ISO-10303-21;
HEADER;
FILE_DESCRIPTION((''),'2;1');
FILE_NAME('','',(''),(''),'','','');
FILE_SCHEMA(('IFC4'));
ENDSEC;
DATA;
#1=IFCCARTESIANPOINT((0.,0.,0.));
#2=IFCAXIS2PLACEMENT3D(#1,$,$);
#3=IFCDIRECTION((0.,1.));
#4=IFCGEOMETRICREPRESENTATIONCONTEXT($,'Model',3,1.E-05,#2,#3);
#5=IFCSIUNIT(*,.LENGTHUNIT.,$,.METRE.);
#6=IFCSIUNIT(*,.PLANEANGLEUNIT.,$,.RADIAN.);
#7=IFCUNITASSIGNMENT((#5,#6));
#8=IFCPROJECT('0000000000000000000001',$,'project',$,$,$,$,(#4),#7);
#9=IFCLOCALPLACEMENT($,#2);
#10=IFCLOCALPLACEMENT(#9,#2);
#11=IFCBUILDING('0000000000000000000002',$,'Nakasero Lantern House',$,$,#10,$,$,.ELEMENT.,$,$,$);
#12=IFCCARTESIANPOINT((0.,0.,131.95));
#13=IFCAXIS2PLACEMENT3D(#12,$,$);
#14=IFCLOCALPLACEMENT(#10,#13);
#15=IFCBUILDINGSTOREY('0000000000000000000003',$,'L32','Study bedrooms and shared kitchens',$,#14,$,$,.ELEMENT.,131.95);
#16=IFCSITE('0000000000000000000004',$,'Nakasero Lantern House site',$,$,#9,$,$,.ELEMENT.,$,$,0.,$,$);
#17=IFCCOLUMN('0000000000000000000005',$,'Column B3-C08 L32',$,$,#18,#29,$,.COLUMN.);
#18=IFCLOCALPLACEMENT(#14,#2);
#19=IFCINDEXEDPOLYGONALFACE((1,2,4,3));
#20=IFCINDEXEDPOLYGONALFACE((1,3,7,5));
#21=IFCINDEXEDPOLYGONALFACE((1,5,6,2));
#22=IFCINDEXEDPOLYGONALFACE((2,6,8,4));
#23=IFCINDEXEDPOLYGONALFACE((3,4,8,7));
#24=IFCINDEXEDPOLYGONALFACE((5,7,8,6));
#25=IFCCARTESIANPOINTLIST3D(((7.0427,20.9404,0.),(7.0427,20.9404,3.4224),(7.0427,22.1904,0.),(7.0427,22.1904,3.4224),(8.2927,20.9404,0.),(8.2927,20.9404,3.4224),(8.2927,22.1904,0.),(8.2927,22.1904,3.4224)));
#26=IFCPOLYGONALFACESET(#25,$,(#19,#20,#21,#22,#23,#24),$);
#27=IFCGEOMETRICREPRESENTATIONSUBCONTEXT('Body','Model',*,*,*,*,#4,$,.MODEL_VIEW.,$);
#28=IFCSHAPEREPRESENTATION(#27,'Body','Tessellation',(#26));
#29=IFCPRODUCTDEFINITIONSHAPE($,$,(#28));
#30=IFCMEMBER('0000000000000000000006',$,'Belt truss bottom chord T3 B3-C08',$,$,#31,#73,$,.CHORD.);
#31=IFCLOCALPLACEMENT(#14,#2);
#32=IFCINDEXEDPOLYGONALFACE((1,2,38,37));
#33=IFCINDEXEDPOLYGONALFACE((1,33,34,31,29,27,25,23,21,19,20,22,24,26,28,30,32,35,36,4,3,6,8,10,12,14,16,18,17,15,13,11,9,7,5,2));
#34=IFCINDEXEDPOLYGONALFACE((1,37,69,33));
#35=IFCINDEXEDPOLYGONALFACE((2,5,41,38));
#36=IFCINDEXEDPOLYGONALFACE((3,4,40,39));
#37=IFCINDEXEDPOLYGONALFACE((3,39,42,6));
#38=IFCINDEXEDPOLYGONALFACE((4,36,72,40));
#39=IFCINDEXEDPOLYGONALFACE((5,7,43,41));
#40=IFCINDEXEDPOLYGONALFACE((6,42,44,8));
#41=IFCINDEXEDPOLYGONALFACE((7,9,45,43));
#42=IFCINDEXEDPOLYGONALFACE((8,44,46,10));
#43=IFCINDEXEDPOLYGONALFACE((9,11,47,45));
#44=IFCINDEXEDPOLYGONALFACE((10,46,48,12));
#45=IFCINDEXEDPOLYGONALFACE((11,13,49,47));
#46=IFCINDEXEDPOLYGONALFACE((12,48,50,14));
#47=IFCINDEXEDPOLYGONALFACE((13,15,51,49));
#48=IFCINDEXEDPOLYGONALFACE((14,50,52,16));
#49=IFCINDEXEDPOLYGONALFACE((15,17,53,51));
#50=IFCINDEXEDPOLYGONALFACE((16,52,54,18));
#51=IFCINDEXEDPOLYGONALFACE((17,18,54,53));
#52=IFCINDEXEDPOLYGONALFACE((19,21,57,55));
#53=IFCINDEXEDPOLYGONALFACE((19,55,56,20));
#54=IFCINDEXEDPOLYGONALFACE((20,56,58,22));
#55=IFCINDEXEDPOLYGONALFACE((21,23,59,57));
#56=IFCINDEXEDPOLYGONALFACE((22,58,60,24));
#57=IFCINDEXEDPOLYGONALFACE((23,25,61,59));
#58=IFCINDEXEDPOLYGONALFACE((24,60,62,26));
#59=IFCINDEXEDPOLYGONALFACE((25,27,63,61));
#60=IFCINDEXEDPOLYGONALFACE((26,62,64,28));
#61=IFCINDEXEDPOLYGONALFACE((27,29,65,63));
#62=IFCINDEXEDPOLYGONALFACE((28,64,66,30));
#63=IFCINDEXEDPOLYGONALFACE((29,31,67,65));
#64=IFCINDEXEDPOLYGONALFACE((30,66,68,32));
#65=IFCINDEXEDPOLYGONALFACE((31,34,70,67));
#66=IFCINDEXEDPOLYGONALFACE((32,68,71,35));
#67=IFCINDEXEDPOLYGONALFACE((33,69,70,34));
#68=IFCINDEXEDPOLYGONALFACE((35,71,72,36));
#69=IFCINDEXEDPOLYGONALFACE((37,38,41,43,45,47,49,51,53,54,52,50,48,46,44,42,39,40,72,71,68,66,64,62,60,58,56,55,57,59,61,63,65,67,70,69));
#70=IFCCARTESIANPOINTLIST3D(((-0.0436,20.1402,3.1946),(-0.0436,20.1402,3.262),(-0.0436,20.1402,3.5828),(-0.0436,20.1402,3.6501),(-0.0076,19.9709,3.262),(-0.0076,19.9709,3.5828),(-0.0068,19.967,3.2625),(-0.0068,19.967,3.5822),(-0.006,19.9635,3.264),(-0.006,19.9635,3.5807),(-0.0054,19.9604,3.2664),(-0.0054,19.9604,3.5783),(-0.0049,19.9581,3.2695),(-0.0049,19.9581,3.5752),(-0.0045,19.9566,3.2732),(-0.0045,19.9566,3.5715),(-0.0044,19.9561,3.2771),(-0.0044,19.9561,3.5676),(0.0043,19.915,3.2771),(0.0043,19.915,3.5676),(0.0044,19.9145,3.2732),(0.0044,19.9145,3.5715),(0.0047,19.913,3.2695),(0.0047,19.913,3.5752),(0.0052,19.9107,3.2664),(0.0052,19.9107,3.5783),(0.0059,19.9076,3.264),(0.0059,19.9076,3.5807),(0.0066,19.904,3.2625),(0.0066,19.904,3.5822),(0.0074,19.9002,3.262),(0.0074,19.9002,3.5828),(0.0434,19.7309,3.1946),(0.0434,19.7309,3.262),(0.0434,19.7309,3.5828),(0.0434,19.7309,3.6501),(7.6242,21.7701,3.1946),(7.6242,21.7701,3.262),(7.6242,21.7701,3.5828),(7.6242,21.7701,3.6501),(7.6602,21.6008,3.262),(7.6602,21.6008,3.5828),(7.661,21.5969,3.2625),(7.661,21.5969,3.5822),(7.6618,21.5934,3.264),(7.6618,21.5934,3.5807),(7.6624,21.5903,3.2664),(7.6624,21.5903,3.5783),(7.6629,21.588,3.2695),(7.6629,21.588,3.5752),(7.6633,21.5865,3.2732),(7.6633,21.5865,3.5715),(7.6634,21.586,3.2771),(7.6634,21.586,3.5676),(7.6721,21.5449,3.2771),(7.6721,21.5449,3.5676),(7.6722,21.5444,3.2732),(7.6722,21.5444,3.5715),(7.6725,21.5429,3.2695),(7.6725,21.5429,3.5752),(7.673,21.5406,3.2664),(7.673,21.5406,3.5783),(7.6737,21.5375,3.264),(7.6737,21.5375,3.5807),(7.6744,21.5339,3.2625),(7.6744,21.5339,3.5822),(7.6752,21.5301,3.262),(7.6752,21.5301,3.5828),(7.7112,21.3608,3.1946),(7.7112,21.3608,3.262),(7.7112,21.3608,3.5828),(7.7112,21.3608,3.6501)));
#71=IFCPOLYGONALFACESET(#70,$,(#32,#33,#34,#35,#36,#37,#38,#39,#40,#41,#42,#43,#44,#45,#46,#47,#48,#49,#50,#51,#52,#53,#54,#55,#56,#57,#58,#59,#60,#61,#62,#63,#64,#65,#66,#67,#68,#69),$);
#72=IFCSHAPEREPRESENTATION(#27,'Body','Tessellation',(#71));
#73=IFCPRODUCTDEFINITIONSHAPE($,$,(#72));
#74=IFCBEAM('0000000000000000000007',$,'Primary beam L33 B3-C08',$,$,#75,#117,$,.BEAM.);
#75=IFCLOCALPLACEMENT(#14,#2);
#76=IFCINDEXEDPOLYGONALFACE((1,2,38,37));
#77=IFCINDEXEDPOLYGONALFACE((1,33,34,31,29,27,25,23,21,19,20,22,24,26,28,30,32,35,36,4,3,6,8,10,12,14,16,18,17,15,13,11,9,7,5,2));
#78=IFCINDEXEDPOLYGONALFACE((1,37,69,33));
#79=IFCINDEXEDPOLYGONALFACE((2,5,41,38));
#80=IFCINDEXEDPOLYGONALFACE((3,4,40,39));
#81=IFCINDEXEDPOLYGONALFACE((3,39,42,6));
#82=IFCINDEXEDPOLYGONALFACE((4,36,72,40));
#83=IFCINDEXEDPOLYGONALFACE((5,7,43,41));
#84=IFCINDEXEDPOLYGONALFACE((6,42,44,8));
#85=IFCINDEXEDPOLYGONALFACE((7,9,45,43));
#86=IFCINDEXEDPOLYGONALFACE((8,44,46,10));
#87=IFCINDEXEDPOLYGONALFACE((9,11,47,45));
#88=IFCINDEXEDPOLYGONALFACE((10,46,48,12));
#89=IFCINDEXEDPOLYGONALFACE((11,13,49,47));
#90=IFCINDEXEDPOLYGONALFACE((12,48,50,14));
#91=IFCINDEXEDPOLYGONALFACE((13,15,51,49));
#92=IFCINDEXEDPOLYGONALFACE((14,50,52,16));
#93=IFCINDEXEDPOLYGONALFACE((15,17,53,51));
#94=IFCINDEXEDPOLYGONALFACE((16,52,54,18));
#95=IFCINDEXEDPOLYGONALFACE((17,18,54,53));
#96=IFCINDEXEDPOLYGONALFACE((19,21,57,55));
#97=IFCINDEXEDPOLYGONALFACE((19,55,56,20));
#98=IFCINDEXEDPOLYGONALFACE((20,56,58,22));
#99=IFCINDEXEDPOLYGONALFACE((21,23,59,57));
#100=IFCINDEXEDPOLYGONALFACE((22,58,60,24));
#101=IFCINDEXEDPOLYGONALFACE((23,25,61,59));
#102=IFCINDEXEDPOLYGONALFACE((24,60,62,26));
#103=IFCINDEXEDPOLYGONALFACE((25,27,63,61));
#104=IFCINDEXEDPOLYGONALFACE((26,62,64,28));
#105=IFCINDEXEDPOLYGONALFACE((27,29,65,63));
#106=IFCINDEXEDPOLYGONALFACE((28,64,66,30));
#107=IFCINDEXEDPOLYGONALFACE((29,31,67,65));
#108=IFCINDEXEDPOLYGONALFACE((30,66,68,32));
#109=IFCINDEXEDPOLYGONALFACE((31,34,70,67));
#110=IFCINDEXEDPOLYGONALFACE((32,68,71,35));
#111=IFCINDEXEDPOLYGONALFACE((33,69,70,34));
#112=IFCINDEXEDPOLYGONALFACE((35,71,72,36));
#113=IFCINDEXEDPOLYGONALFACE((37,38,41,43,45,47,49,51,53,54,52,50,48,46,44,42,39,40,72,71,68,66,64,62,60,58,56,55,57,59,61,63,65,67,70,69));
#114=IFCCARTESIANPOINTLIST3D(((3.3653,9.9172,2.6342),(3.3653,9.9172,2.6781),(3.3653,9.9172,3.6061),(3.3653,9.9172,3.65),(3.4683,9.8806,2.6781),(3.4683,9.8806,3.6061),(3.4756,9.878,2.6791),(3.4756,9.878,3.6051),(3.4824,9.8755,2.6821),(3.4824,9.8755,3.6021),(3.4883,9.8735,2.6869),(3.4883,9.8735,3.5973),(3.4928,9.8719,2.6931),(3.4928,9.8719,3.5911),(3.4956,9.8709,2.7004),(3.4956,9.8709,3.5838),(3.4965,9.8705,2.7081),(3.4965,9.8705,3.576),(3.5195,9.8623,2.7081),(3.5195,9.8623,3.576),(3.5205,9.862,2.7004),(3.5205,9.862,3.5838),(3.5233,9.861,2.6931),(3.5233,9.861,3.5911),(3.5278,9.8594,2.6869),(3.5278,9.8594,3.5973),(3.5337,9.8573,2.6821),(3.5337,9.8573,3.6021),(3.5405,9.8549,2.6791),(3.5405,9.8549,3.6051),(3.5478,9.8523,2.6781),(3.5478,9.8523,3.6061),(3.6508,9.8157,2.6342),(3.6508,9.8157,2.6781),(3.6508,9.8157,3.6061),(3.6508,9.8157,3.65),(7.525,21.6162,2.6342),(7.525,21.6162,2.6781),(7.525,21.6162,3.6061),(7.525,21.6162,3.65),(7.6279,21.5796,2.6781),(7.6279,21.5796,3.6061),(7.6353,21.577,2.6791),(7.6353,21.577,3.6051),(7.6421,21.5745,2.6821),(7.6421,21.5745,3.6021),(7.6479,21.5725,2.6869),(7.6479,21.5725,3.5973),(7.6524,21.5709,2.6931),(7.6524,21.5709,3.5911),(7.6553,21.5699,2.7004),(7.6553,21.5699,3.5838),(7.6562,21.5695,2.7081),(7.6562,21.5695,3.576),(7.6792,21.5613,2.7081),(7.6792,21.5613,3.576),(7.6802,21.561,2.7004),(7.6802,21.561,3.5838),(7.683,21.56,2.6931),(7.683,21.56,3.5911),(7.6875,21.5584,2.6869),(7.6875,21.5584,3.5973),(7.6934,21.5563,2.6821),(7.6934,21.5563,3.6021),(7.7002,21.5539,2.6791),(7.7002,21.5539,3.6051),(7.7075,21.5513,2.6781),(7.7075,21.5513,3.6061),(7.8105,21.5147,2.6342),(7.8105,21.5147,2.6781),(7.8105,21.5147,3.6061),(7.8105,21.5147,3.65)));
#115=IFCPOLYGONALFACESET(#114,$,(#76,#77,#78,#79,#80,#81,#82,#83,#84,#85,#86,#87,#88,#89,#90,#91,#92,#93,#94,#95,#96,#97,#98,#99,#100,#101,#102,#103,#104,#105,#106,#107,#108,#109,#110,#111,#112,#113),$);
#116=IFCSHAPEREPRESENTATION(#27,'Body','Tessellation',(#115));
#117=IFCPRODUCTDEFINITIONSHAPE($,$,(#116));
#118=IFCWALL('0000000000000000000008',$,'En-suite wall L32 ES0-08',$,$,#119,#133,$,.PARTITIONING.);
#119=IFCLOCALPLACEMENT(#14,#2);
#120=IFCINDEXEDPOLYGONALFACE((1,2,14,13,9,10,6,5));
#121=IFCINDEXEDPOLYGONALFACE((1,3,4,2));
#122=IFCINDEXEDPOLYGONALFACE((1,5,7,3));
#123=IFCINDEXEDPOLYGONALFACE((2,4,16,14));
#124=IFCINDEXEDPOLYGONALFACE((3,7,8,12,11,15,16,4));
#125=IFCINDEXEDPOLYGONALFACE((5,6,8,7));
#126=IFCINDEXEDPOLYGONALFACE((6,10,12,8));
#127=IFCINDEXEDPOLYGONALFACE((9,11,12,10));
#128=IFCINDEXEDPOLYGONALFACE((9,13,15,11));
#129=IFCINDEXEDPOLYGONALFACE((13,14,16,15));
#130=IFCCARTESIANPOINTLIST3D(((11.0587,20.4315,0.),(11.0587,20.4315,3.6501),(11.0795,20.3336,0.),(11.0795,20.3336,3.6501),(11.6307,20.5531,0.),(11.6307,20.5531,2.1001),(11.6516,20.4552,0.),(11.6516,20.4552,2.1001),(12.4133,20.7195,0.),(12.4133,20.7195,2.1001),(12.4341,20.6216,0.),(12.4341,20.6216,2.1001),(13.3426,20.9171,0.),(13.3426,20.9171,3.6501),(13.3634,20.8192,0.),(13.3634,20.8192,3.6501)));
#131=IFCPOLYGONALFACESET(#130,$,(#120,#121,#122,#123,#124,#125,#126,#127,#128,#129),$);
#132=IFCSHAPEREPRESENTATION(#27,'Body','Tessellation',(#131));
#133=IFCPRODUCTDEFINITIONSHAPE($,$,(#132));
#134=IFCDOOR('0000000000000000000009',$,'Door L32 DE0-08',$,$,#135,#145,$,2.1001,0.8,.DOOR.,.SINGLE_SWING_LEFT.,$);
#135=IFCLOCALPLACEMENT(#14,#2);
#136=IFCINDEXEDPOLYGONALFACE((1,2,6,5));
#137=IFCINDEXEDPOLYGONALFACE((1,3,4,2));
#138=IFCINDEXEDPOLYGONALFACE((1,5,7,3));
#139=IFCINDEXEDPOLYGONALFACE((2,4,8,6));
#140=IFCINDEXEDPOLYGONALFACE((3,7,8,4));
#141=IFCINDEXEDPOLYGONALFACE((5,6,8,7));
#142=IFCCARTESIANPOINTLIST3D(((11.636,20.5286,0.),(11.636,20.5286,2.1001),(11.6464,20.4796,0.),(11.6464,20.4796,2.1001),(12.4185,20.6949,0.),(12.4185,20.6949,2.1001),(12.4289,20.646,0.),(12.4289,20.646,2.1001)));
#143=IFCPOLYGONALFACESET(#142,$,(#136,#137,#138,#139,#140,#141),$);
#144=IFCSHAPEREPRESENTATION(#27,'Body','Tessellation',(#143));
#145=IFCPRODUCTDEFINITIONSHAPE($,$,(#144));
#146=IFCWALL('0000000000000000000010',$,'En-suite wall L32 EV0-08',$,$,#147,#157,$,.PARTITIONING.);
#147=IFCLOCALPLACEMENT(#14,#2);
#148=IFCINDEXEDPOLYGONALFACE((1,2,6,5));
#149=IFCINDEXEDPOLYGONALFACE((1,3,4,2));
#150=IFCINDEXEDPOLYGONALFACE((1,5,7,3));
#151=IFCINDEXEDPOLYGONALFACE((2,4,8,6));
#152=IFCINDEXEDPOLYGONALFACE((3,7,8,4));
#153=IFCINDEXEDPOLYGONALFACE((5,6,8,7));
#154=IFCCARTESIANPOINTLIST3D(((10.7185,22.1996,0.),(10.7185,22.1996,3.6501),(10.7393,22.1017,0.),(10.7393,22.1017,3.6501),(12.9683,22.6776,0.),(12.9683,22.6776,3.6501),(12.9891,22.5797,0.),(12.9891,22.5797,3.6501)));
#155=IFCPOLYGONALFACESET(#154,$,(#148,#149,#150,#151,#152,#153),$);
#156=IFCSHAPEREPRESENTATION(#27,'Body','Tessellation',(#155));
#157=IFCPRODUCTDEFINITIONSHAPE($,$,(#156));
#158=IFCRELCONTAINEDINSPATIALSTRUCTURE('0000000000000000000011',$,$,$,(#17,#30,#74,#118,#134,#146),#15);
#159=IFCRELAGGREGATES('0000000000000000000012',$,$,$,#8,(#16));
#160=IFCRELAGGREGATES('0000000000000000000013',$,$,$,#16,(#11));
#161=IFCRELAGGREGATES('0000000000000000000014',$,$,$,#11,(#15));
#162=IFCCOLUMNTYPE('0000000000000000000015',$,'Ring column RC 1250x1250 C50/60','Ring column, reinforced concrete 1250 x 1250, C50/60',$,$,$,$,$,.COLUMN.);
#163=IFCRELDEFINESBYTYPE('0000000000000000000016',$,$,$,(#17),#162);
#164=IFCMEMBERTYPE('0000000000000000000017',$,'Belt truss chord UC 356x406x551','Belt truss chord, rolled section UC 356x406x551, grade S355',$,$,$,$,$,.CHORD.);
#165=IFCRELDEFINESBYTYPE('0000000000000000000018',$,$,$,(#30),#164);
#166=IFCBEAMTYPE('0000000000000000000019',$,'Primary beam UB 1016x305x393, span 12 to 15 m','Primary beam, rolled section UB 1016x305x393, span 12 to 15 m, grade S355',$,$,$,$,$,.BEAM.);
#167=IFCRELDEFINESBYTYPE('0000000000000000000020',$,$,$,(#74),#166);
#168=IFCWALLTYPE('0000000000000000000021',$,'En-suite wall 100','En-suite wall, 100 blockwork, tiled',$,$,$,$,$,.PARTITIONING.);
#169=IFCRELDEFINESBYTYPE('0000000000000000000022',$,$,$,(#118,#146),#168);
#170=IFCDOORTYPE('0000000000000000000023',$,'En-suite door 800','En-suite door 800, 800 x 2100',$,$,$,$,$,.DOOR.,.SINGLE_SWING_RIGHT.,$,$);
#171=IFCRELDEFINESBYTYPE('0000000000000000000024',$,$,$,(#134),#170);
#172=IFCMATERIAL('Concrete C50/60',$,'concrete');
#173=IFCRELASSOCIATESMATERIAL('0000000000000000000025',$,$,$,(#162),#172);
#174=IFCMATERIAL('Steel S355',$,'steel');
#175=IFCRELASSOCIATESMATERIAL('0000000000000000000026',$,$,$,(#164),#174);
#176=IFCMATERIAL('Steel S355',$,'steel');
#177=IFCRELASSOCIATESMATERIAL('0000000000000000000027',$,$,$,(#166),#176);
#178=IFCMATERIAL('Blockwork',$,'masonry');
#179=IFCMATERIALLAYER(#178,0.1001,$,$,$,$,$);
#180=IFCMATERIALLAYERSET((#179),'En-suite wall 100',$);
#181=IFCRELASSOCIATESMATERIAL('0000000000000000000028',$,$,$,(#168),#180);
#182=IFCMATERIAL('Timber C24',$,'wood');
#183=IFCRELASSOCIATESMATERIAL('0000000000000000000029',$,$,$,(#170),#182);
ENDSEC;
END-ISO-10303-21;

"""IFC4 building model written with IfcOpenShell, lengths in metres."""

from ifc_helpers import new_model, si_unit, direction, frame, frame_2d, origin, origin_2d, place, context, subcontext, project, spatial, rectangle, i_section, extrude, material, layer, layer_set, material_profile, profile_set, type_object, element, fill, save


model = new_model("IFC4")

# Units and contexts
model_context = context("Model", 3, precision=1e-05, world=origin(), true_north=direction((0.0, 1.0)))
body_context = subcontext(model_context, "Body", "Model", "MODEL_VIEW")
ifc_project = project(units=[si_unit("LENGTHUNIT", "METRE"), si_unit("PLANEANGLEUNIT", "RADIAN")], contexts=[model_context])

# Site, building, storey
site_placement = place(None, origin())
site = spatial("IfcSite", under=ifc_project, at=site_placement, Name="Nakasero Lantern House site", CompositionType="ELEMENT", RefElevation=0.0)
building_placement = place(site_placement, origin())
building = spatial("IfcBuilding", under=site, at=building_placement, Name="Nakasero Lantern House", CompositionType="ELEMENT")
storey_placement = place(building_placement, frame((0.0, 0.0, 131.95)))
storey = spatial("IfcBuildingStorey", under=building, at=storey_placement, Name="L32", Description="Study bedrooms and shared kitchens", CompositionType="ELEMENT", Elevation=131.95)

# Column
ifc_material_1 = material(Name="Concrete C50/60", Category="concrete")
ifc_material_profile_1 = material_profile(ifc_material_1, rectangle(XDim=1.25, YDim=1.25, at=origin_2d()), Name="RC 1250x1250")
ifc_profile_set_1 = profile_set([ifc_material_profile_1], Name="Concrete C50/60")
column_type = type_object("IfcColumnType", Name="Ring column RC 1250x1250 C50/60", Description="Ring column, reinforced concrete 1250 x 1250, C50/60", PredefinedType="COLUMN", material=ifc_profile_set_1)
column_placement = place(storey_placement, frame((7.6677, 21.5654, 0.0), z_axis=(0.0, 0.0, 1.0), x_axis=(1.0, 0.0, 0.0)))
element("IfcColumn", 1, at=column_placement, inside=storey, type_object=column_type, Name="Column B3-C08 L32", PredefinedType="COLUMN", context=body_context, shape_type="SweptSolid", body=[
    extrude(rectangle(XDim=1.25, YDim=1.25, at=origin_2d()), origin(), (0.0, 0.0, 1.0), 3.4224),
])

# Member
ifc_material_2 = material(Name="Steel S355", Category="steel")
ifc_material_profile_2 = material_profile(ifc_material_2, i_section(OverallWidth=0.4185, OverallDepth=0.4556, WebThickness=0.042, FlangeThickness=0.0674, FilletRadius=0.0151, at=origin_2d()), Name="UC 356x406x551")
ifc_profile_set_2 = profile_set([ifc_material_profile_2], Name="Steel S355")
member_type = type_object("IfcMemberType", Name="Belt truss chord UC 356x406x551", Description="Belt truss chord, rolled section UC 356x406x551, grade S355", PredefinedType="CHORD", material=ifc_profile_set_2)
member_placement = place(storey_placement, frame((7.6677, 21.5654, 3.4224), z_axis=(-0.978146, -0.207919, 0.0), x_axis=(0.207919, -0.978146, 0.0)))
element("IfcMember", 2, at=member_placement, inside=storey, type_object=member_type, Name="Belt truss bottom chord T3 B3-C08", PredefinedType="CHORD", context=body_context, shape_type="SweptSolid", body=[
    extrude(i_section(OverallWidth=0.4185, OverallDepth=0.4556, WebThickness=0.042, FlangeThickness=0.0674, FilletRadius=0.0151, at=origin_2d()), origin(), (0.0, 0.0, 1.0), 7.8391),
])

# Beam
ifc_material_3 = material(Name="Steel S355", Category="steel")
ifc_material_profile_3 = material_profile(ifc_material_3, i_section(OverallWidth=0.303, OverallDepth=1.0159, WebThickness=0.0244, FlangeThickness=0.0439, FilletRadius=0.03, at=origin_2d()), Name="UB 1016x305x393")
ifc_profile_set_3 = profile_set([ifc_material_profile_3], Name="Steel S355")
beam_type = type_object("IfcBeamType", Name="Primary beam UB 1016x305x393, span 12 to 15 m", Description="Primary beam, rolled section UB 1016x305x393, span 12 to 15 m, grade S355", PredefinedType="BEAM", material=ifc_profile_set_3)
beam_placement = place(storey_placement, frame((7.6677, 21.5654, 3.1421), z_axis=(-0.335012, -0.942214, 0.0), x_axis=(0.942214, -0.335012, 0.0)))
element("IfcBeam", 3, at=beam_placement, inside=storey, type_object=beam_type, Name="Primary beam L33 B3-C08", PredefinedType="BEAM", context=body_context, shape_type="SweptSolid", body=[
    extrude(i_section(OverallWidth=0.303, OverallDepth=1.0159, WebThickness=0.0244, FlangeThickness=0.0439, FilletRadius=0.03, at=origin_2d()), origin(), (0.0, 0.0, 1.0), 12.4165),
])

# Wall, opening, door
ifc_material_4 = material(Name="Blockwork", Category="masonry")
ifc_layer_1 = layer(ifc_material_4, 0.1001)
ifc_layer_set_1 = layer_set([ifc_layer_1], Name="En-suite wall 100")
wall_type_1 = type_object("IfcWallType", Name="En-suite wall 100", Description="En-suite wall, 100 blockwork, tiled", PredefinedType="PARTITIONING", material=ifc_layer_set_1)
wall_1_placement = place(storey_placement, frame((11.0691, 20.3826, 0.0), z_axis=(0.0, 0.0, 1.0), x_axis=(0.978136, 0.207965, 0.0)))
wall_1 = element("IfcWall", 4, at=wall_1_placement, inside=storey, type_object=wall_type_1, Name="En-suite wall L32 ES0-08", PredefinedType="PARTITIONING", context=body_context, shape_type="SweptSolid", body=[
    extrude(rectangle(XDim=2.335, YDim=0.1001, at=frame_2d((1.1675, 0.0))), origin(), (0.0, 0.0, 1.0), 3.6501),
])
opening_1_placement = place(wall_1_placement, frame((0.585, 0.0, 0.0)))
opening_1 = element("IfcOpeningElement", 5, at=opening_1_placement, cuts=wall_1, PredefinedType="OPENING", context=body_context, shape_type="SweptSolid", body=[
    extrude(rectangle(XDim=0.8, YDim=2.1001, at=frame_2d((0.3999, 1.05))), frame((0.0, 0.0701, 0.0), z_axis=(0.0, -1.0, 0.0), x_axis=(1.0, 0.0, 0.0)), (0.0, 0.0, 1.0), 0.1401),
])
ifc_material_5 = material(Name="Timber C24", Category="wood")
door_type_1 = type_object("IfcDoorType", Name="En-suite door 800", Description="En-suite door 800, 800 x 2100", OperationType="SINGLE_SWING_RIGHT", PredefinedType="DOOR", material=ifc_material_5)
door_1_placement = place(opening_1_placement, origin())
door_1 = element("IfcDoor", 6, at=door_1_placement, inside=storey, type_object=door_type_1, Name="Door L32 DE0-08", OperationType="SINGLE_SWING_LEFT", OverallHeight=2.1001, OverallWidth=0.8, PredefinedType="DOOR", context=body_context, shape_type="SweptSolid", body=[
    extrude(rectangle(XDim=0.8, YDim=2.1001, at=frame_2d((0.3999, 1.05))), frame((0.0, 0.0249, 0.0), z_axis=(0.0, -1.0, 0.0), x_axis=(1.0, 0.0, 0.0)), (0.0, 0.0, 1.0), 0.05),
])
fill(opening_1, door_1)

# Wall
wall_2_placement = place(storey_placement, frame((10.729, 22.1506, 0.0), z_axis=(0.0, 0.0, 1.0), x_axis=(0.978163, 0.20784, 0.0)))
element("IfcWall", 7, at=wall_2_placement, inside=storey, type_object=wall_type_1, Name="En-suite wall L32 EV0-08", PredefinedType="PARTITIONING", context=body_context, shape_type="SweptSolid", body=[
    extrude(rectangle(XDim=2.3, YDim=0.1001, at=frame_2d((1.1499, 0.0))), origin(), (0.0, 0.0, 1.0), 3.6501),
])

save(model, "model.ifc")
